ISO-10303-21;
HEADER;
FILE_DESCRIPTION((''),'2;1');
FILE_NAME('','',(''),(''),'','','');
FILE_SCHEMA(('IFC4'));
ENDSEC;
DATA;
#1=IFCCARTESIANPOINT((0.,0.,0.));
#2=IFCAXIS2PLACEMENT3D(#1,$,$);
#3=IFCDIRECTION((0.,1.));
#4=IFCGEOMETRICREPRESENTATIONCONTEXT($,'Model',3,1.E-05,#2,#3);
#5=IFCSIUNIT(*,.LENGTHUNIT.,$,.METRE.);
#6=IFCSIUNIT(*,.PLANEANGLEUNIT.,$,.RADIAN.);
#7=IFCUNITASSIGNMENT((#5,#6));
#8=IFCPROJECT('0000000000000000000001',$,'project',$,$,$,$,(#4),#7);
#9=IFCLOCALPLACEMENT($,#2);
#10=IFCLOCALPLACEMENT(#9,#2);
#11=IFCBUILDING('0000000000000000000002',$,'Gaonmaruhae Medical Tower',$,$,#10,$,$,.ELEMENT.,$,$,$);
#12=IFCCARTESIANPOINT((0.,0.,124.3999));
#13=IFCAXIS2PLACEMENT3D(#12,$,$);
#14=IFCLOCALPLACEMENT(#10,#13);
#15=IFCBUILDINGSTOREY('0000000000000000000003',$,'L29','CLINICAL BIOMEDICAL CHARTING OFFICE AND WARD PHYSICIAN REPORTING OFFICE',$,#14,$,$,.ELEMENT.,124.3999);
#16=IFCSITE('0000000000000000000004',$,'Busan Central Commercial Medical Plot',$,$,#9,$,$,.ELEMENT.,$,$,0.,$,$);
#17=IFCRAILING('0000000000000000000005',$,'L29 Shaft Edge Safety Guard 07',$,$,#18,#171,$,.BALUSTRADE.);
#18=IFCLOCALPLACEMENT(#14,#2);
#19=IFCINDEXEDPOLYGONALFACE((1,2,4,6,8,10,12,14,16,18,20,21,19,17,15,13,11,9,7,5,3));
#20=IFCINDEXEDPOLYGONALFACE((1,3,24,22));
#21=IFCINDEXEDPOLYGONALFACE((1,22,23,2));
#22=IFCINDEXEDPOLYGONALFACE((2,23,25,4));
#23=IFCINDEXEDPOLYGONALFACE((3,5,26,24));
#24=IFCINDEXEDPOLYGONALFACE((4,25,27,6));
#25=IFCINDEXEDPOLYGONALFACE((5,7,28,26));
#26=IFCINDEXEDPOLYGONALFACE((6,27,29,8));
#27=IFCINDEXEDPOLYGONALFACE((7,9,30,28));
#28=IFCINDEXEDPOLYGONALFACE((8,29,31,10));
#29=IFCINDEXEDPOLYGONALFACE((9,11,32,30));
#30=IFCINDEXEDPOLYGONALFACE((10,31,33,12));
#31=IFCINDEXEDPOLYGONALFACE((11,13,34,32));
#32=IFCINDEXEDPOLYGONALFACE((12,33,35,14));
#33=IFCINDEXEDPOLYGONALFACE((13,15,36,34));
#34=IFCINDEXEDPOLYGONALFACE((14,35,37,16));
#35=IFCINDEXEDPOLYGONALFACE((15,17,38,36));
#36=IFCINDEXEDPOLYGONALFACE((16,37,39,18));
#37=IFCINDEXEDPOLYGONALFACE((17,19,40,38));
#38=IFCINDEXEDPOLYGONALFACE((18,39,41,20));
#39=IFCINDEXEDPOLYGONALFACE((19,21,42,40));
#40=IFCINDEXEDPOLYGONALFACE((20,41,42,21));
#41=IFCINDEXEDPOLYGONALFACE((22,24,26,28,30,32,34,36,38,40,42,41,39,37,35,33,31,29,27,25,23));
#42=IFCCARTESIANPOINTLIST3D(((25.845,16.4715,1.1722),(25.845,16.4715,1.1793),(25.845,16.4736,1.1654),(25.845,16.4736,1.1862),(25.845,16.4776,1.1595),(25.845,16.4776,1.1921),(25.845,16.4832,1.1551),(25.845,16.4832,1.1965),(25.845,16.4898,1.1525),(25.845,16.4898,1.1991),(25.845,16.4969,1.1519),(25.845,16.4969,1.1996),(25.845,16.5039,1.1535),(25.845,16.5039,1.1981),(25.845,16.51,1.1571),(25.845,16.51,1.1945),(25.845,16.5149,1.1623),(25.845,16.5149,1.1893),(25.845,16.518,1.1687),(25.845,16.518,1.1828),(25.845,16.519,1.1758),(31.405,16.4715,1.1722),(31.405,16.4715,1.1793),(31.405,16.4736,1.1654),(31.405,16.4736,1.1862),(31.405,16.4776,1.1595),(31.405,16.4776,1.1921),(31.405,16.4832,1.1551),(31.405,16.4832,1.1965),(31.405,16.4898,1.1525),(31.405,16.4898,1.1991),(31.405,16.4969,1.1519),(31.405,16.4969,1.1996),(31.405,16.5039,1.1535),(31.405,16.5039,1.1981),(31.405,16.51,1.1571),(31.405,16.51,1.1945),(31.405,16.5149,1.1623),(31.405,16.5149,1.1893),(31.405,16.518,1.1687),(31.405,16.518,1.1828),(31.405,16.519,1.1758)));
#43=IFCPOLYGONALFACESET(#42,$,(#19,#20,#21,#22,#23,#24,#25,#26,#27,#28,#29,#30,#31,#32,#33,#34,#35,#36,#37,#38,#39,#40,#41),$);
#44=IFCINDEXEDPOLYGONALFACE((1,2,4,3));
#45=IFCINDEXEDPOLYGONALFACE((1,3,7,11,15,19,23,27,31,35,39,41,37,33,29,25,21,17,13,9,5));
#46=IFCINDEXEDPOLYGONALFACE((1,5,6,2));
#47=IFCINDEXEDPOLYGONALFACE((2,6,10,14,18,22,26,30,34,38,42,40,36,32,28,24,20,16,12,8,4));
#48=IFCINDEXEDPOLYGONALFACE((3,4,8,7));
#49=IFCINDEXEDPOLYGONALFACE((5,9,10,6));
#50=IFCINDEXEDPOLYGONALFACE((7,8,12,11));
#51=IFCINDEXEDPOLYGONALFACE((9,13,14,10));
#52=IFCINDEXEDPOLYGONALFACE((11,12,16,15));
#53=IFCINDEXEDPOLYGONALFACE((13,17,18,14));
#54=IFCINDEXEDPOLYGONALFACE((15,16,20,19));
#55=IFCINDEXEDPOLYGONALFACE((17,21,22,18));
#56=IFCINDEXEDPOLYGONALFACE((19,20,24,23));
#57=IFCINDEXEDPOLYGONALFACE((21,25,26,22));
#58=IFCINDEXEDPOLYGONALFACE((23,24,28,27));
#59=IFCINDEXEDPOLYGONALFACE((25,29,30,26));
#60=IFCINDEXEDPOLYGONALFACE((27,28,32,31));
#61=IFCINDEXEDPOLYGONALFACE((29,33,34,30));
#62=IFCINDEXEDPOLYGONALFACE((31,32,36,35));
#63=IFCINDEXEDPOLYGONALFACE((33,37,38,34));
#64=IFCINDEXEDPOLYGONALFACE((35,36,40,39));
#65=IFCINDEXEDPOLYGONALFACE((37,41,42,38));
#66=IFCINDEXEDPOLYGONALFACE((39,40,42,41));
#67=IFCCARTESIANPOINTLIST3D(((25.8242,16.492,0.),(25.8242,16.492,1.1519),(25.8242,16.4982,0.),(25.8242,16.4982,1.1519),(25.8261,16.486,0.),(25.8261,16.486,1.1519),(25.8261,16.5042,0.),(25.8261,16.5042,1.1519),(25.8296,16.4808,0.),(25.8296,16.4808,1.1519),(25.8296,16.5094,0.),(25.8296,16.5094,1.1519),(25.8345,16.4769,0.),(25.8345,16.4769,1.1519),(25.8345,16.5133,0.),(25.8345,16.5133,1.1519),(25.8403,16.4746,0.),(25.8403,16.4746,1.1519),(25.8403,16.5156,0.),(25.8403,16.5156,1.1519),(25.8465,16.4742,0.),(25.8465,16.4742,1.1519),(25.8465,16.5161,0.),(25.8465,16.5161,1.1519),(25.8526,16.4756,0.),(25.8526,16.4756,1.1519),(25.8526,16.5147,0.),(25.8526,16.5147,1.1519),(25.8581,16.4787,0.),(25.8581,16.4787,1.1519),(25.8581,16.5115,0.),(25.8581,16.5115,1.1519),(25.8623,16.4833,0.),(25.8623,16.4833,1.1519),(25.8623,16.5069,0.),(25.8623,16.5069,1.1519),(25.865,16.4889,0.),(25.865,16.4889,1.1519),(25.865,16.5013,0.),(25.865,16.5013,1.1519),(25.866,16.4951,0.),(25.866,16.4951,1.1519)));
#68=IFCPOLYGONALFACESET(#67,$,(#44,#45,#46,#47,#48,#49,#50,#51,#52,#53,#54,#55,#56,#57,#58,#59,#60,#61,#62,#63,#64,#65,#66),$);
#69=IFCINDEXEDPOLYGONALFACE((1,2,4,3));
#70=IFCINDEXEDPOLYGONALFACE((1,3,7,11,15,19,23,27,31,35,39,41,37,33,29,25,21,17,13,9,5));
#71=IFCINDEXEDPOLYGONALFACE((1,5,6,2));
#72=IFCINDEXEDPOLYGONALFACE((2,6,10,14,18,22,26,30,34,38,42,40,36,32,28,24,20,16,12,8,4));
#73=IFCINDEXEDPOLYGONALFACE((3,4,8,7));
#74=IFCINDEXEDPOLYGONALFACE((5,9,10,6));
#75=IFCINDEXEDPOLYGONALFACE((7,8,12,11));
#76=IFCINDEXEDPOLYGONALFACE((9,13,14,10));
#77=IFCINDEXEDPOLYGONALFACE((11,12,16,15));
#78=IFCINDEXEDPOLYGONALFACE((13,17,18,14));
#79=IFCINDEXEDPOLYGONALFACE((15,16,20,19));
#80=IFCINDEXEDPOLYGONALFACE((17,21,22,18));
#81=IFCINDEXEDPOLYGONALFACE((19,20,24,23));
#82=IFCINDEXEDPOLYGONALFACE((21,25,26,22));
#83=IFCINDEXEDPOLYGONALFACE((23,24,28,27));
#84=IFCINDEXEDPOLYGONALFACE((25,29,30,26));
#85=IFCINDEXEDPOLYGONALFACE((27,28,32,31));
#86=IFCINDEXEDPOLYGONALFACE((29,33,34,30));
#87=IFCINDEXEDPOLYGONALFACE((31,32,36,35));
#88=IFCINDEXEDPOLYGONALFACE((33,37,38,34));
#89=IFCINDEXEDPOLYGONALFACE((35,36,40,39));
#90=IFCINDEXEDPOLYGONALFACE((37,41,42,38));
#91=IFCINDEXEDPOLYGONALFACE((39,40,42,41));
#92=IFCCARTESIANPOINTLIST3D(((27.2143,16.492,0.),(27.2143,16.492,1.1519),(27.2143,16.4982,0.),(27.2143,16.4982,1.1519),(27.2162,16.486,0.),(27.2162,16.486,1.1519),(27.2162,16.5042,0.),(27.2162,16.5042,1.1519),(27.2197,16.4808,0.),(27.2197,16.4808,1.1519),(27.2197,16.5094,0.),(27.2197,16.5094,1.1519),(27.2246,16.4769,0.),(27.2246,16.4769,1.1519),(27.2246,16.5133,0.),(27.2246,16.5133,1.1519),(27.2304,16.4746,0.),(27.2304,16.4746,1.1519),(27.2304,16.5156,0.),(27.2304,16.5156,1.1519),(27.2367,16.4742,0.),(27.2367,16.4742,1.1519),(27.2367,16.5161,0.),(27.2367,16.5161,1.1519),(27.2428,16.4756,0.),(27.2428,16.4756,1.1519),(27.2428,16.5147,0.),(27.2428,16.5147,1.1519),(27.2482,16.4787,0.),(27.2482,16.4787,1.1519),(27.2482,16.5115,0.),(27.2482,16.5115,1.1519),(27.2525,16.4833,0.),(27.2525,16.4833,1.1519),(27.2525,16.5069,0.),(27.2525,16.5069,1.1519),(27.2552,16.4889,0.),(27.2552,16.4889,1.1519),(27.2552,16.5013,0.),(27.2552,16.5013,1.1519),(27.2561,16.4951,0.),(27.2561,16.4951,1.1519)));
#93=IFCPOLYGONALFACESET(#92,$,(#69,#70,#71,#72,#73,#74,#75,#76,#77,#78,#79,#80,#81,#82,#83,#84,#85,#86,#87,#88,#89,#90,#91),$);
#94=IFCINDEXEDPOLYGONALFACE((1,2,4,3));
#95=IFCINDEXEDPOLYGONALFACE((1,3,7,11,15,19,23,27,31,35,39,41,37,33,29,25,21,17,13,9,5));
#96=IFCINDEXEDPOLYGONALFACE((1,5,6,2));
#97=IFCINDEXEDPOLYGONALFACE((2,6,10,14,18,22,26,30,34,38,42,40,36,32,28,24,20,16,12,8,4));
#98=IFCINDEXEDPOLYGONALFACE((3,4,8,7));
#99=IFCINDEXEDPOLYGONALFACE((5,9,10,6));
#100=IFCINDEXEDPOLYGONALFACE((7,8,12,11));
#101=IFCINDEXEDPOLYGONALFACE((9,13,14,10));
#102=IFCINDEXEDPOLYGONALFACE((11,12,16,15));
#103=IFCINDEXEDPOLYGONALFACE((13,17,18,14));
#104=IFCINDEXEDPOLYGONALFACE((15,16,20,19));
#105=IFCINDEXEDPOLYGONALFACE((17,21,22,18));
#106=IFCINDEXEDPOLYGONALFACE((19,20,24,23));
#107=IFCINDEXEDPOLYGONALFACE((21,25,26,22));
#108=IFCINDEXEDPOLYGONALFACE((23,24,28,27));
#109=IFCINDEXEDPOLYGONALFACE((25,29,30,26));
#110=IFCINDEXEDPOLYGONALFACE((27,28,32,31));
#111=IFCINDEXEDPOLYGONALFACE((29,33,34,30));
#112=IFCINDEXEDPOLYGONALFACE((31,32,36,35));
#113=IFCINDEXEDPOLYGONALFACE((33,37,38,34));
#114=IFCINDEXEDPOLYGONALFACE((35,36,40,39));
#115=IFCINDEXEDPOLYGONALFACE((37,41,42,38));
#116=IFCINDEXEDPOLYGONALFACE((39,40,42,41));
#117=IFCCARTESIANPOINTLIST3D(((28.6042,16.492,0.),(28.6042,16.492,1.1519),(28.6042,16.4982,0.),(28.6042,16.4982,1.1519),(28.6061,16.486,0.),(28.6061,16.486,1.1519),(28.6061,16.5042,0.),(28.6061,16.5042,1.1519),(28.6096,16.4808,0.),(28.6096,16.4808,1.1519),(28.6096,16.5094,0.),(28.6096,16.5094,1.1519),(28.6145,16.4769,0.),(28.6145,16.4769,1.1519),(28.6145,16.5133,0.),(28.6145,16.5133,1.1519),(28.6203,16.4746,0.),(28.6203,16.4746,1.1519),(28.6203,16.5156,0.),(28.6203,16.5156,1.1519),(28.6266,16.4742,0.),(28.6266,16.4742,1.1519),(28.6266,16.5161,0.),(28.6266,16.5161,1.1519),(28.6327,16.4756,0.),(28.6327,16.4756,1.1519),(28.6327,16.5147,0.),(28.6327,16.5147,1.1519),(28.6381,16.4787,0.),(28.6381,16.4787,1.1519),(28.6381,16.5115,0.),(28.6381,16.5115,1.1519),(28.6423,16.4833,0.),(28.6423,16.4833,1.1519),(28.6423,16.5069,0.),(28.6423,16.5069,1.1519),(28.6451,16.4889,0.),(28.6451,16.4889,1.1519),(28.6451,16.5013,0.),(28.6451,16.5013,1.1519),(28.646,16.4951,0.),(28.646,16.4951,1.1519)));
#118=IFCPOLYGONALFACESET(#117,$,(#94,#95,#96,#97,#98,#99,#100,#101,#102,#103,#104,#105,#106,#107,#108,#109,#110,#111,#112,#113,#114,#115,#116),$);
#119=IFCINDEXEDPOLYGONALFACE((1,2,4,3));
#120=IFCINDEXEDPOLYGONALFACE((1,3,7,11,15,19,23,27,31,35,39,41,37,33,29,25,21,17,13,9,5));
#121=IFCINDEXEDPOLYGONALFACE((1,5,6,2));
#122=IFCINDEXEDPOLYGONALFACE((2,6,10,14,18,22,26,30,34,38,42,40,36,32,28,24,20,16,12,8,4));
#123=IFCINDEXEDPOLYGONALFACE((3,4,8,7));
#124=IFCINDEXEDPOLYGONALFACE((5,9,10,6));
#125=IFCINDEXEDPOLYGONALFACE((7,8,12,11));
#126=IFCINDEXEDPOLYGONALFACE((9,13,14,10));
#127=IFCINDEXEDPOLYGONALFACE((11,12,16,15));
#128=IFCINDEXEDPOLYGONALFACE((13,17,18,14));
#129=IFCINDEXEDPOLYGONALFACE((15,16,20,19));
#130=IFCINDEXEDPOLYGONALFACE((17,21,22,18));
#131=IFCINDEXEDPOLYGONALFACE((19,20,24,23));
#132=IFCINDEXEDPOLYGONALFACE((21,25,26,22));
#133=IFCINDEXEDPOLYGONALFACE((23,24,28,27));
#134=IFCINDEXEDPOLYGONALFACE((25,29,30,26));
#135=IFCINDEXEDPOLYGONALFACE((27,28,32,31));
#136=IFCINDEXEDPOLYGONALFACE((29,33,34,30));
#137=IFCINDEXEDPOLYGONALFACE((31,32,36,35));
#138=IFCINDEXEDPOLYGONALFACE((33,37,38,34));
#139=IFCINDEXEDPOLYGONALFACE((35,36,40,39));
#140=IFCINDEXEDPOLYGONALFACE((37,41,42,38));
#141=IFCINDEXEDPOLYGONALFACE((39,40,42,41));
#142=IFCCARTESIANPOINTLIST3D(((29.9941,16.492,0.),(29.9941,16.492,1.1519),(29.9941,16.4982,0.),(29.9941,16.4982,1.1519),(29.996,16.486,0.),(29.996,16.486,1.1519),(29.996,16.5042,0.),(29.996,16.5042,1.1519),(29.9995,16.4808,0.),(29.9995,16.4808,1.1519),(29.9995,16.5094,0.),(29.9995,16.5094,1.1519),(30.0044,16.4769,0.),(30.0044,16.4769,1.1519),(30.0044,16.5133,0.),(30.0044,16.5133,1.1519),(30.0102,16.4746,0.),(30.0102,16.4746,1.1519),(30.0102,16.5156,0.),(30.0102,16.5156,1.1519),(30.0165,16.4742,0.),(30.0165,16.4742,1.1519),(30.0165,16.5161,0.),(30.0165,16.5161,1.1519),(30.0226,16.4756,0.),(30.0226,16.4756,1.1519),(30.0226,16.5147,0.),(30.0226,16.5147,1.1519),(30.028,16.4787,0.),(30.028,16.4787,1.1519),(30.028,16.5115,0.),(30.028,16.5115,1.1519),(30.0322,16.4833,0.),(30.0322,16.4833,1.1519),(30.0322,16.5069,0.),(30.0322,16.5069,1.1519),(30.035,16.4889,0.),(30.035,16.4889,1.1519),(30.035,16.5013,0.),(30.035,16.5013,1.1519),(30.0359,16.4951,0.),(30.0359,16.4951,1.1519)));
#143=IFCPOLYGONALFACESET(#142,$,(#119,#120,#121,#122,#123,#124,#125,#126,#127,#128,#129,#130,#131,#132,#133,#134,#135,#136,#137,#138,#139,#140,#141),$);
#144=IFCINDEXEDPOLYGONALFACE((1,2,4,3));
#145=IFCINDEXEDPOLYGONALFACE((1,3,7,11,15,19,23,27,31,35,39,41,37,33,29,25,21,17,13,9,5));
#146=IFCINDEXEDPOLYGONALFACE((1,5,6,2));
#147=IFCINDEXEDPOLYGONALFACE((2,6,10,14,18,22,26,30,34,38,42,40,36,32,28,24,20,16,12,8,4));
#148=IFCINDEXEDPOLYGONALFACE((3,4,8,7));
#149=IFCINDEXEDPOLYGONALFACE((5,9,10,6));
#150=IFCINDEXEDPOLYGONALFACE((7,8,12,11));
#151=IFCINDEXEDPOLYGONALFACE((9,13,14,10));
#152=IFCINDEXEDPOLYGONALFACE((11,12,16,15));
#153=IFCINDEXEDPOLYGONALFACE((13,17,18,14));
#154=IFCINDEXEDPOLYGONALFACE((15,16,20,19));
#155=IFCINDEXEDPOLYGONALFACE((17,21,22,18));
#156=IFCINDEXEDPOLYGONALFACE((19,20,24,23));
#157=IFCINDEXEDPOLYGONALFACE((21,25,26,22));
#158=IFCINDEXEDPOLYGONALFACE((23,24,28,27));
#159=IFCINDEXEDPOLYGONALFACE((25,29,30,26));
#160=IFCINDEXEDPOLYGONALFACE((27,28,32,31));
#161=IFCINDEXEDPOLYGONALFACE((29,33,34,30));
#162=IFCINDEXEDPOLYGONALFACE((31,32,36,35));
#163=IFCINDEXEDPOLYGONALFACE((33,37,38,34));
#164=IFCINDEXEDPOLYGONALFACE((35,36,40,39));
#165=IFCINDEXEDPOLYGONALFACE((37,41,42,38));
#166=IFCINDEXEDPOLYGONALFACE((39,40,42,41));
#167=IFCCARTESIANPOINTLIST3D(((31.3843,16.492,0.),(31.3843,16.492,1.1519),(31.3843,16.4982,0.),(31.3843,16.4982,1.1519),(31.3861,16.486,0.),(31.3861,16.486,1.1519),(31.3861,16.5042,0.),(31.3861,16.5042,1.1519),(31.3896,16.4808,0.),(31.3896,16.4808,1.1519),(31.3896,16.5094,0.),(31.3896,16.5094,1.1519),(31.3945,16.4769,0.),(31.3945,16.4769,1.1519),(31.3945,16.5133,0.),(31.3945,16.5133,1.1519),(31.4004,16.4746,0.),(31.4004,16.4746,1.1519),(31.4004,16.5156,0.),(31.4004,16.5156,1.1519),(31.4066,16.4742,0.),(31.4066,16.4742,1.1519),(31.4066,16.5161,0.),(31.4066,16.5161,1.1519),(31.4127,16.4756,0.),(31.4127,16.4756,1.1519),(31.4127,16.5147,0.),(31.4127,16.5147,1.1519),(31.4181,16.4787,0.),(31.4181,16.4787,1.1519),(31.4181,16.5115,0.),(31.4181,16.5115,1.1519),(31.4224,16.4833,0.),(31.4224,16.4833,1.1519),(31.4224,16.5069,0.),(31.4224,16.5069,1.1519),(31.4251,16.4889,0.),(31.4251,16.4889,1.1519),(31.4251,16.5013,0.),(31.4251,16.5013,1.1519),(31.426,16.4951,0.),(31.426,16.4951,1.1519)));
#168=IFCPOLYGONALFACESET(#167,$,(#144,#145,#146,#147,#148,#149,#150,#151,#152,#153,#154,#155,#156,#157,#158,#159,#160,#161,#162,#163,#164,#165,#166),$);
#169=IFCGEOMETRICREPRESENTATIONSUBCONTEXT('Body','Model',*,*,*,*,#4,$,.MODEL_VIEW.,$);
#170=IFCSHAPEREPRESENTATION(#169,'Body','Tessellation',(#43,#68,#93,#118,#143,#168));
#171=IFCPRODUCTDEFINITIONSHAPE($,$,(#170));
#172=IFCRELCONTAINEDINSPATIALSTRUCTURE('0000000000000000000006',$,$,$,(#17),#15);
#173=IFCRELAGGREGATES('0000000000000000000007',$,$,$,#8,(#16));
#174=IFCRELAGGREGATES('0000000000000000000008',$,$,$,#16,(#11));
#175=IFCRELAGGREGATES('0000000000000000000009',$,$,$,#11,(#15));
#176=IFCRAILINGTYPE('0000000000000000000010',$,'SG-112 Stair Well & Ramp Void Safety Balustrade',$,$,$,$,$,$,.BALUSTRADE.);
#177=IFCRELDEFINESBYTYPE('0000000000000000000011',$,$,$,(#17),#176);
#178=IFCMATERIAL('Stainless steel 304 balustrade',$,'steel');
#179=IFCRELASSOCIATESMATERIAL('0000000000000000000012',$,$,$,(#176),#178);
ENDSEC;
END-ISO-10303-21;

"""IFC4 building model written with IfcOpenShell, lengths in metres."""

from ifc_helpers import new_model, si_unit, direction, frame, origin, origin_2d, place, context, subcontext, project, spatial, circle, extrude, material, type_object, element, save


model = new_model("IFC4")

# Units and contexts
model_context = context("Model", 3, precision=1e-05, world=origin(), true_north=direction((0.0, 1.0)))
body_context = subcontext(model_context, "Body", "Model", "MODEL_VIEW")
ifc_project = project(units=[si_unit("LENGTHUNIT", "METRE"), si_unit("PLANEANGLEUNIT", "RADIAN")], contexts=[model_context])

# Site, building, storey
site_placement = place(None, origin())
site = spatial("IfcSite", under=ifc_project, at=site_placement, Name="Busan Central Commercial Medical Plot", CompositionType="ELEMENT", RefElevation=0.0)
building_placement = place(site_placement, origin())
building = spatial("IfcBuilding", under=site, at=building_placement, Name="Gaonmaruhae Medical Tower", CompositionType="ELEMENT")
storey_placement = place(building_placement, frame((0.0, 0.0, 124.3999)))
storey = spatial("IfcBuildingStorey", under=building, at=storey_placement, Name="L29", Description="CLINICAL BIOMEDICAL CHARTING OFFICE AND WARD PHYSICIAN REPORTING OFFICE", CompositionType="ELEMENT", Elevation=124.3999)

# Railing
ifc_material_1 = material(Name="Stainless steel 304 balustrade", Category="steel")
railing_type = type_object("IfcRailingType", Name="SG-112 Stair Well & Ramp Void Safety Balustrade", PredefinedType="BALUSTRADE", material=ifc_material_1)
railing_1_placement = place(storey_placement, frame((25.845, 16.4951, 0.0)))
element("IfcRailing", 1, at=railing_1_placement, inside=storey, type_object=railing_type, Name="L29 Shaft Edge Safety Guard 07", PredefinedType="BALUSTRADE", context=body_context, shape_type="SweptSolid", body=[
    extrude(circle(Radius=0.0239, at=origin_2d()), frame((0.0, 0.0, 1.1758), z_axis=(1.0, 0.0, 0.0), x_axis=(0.0, 1.0, 0.0)), (0.0, 0.0, 1.0), 5.5601),
    extrude(circle(Radius=0.021, at=origin_2d()), origin(), (0.0, 0.0, 1.0), 1.1519),
    extrude(circle(Radius=0.021, at=origin_2d()), frame((1.3901, 0.0, 0.0)), (0.0, 0.0, 1.0), 1.1519),
    extrude(circle(Radius=0.021, at=origin_2d()), frame((2.78, 0.0, 0.0)), (0.0, 0.0, 1.0), 1.1519),
    extrude(circle(Radius=0.021, at=origin_2d()), frame((4.1699, 0.0, 0.0)), (0.0, 0.0, 1.0), 1.1519),
    extrude(circle(Radius=0.021, at=origin_2d()), frame((5.5601, 0.0, 0.0)), (0.0, 0.0, 1.0), 1.1519),
])

save(model, "model.ifc")
